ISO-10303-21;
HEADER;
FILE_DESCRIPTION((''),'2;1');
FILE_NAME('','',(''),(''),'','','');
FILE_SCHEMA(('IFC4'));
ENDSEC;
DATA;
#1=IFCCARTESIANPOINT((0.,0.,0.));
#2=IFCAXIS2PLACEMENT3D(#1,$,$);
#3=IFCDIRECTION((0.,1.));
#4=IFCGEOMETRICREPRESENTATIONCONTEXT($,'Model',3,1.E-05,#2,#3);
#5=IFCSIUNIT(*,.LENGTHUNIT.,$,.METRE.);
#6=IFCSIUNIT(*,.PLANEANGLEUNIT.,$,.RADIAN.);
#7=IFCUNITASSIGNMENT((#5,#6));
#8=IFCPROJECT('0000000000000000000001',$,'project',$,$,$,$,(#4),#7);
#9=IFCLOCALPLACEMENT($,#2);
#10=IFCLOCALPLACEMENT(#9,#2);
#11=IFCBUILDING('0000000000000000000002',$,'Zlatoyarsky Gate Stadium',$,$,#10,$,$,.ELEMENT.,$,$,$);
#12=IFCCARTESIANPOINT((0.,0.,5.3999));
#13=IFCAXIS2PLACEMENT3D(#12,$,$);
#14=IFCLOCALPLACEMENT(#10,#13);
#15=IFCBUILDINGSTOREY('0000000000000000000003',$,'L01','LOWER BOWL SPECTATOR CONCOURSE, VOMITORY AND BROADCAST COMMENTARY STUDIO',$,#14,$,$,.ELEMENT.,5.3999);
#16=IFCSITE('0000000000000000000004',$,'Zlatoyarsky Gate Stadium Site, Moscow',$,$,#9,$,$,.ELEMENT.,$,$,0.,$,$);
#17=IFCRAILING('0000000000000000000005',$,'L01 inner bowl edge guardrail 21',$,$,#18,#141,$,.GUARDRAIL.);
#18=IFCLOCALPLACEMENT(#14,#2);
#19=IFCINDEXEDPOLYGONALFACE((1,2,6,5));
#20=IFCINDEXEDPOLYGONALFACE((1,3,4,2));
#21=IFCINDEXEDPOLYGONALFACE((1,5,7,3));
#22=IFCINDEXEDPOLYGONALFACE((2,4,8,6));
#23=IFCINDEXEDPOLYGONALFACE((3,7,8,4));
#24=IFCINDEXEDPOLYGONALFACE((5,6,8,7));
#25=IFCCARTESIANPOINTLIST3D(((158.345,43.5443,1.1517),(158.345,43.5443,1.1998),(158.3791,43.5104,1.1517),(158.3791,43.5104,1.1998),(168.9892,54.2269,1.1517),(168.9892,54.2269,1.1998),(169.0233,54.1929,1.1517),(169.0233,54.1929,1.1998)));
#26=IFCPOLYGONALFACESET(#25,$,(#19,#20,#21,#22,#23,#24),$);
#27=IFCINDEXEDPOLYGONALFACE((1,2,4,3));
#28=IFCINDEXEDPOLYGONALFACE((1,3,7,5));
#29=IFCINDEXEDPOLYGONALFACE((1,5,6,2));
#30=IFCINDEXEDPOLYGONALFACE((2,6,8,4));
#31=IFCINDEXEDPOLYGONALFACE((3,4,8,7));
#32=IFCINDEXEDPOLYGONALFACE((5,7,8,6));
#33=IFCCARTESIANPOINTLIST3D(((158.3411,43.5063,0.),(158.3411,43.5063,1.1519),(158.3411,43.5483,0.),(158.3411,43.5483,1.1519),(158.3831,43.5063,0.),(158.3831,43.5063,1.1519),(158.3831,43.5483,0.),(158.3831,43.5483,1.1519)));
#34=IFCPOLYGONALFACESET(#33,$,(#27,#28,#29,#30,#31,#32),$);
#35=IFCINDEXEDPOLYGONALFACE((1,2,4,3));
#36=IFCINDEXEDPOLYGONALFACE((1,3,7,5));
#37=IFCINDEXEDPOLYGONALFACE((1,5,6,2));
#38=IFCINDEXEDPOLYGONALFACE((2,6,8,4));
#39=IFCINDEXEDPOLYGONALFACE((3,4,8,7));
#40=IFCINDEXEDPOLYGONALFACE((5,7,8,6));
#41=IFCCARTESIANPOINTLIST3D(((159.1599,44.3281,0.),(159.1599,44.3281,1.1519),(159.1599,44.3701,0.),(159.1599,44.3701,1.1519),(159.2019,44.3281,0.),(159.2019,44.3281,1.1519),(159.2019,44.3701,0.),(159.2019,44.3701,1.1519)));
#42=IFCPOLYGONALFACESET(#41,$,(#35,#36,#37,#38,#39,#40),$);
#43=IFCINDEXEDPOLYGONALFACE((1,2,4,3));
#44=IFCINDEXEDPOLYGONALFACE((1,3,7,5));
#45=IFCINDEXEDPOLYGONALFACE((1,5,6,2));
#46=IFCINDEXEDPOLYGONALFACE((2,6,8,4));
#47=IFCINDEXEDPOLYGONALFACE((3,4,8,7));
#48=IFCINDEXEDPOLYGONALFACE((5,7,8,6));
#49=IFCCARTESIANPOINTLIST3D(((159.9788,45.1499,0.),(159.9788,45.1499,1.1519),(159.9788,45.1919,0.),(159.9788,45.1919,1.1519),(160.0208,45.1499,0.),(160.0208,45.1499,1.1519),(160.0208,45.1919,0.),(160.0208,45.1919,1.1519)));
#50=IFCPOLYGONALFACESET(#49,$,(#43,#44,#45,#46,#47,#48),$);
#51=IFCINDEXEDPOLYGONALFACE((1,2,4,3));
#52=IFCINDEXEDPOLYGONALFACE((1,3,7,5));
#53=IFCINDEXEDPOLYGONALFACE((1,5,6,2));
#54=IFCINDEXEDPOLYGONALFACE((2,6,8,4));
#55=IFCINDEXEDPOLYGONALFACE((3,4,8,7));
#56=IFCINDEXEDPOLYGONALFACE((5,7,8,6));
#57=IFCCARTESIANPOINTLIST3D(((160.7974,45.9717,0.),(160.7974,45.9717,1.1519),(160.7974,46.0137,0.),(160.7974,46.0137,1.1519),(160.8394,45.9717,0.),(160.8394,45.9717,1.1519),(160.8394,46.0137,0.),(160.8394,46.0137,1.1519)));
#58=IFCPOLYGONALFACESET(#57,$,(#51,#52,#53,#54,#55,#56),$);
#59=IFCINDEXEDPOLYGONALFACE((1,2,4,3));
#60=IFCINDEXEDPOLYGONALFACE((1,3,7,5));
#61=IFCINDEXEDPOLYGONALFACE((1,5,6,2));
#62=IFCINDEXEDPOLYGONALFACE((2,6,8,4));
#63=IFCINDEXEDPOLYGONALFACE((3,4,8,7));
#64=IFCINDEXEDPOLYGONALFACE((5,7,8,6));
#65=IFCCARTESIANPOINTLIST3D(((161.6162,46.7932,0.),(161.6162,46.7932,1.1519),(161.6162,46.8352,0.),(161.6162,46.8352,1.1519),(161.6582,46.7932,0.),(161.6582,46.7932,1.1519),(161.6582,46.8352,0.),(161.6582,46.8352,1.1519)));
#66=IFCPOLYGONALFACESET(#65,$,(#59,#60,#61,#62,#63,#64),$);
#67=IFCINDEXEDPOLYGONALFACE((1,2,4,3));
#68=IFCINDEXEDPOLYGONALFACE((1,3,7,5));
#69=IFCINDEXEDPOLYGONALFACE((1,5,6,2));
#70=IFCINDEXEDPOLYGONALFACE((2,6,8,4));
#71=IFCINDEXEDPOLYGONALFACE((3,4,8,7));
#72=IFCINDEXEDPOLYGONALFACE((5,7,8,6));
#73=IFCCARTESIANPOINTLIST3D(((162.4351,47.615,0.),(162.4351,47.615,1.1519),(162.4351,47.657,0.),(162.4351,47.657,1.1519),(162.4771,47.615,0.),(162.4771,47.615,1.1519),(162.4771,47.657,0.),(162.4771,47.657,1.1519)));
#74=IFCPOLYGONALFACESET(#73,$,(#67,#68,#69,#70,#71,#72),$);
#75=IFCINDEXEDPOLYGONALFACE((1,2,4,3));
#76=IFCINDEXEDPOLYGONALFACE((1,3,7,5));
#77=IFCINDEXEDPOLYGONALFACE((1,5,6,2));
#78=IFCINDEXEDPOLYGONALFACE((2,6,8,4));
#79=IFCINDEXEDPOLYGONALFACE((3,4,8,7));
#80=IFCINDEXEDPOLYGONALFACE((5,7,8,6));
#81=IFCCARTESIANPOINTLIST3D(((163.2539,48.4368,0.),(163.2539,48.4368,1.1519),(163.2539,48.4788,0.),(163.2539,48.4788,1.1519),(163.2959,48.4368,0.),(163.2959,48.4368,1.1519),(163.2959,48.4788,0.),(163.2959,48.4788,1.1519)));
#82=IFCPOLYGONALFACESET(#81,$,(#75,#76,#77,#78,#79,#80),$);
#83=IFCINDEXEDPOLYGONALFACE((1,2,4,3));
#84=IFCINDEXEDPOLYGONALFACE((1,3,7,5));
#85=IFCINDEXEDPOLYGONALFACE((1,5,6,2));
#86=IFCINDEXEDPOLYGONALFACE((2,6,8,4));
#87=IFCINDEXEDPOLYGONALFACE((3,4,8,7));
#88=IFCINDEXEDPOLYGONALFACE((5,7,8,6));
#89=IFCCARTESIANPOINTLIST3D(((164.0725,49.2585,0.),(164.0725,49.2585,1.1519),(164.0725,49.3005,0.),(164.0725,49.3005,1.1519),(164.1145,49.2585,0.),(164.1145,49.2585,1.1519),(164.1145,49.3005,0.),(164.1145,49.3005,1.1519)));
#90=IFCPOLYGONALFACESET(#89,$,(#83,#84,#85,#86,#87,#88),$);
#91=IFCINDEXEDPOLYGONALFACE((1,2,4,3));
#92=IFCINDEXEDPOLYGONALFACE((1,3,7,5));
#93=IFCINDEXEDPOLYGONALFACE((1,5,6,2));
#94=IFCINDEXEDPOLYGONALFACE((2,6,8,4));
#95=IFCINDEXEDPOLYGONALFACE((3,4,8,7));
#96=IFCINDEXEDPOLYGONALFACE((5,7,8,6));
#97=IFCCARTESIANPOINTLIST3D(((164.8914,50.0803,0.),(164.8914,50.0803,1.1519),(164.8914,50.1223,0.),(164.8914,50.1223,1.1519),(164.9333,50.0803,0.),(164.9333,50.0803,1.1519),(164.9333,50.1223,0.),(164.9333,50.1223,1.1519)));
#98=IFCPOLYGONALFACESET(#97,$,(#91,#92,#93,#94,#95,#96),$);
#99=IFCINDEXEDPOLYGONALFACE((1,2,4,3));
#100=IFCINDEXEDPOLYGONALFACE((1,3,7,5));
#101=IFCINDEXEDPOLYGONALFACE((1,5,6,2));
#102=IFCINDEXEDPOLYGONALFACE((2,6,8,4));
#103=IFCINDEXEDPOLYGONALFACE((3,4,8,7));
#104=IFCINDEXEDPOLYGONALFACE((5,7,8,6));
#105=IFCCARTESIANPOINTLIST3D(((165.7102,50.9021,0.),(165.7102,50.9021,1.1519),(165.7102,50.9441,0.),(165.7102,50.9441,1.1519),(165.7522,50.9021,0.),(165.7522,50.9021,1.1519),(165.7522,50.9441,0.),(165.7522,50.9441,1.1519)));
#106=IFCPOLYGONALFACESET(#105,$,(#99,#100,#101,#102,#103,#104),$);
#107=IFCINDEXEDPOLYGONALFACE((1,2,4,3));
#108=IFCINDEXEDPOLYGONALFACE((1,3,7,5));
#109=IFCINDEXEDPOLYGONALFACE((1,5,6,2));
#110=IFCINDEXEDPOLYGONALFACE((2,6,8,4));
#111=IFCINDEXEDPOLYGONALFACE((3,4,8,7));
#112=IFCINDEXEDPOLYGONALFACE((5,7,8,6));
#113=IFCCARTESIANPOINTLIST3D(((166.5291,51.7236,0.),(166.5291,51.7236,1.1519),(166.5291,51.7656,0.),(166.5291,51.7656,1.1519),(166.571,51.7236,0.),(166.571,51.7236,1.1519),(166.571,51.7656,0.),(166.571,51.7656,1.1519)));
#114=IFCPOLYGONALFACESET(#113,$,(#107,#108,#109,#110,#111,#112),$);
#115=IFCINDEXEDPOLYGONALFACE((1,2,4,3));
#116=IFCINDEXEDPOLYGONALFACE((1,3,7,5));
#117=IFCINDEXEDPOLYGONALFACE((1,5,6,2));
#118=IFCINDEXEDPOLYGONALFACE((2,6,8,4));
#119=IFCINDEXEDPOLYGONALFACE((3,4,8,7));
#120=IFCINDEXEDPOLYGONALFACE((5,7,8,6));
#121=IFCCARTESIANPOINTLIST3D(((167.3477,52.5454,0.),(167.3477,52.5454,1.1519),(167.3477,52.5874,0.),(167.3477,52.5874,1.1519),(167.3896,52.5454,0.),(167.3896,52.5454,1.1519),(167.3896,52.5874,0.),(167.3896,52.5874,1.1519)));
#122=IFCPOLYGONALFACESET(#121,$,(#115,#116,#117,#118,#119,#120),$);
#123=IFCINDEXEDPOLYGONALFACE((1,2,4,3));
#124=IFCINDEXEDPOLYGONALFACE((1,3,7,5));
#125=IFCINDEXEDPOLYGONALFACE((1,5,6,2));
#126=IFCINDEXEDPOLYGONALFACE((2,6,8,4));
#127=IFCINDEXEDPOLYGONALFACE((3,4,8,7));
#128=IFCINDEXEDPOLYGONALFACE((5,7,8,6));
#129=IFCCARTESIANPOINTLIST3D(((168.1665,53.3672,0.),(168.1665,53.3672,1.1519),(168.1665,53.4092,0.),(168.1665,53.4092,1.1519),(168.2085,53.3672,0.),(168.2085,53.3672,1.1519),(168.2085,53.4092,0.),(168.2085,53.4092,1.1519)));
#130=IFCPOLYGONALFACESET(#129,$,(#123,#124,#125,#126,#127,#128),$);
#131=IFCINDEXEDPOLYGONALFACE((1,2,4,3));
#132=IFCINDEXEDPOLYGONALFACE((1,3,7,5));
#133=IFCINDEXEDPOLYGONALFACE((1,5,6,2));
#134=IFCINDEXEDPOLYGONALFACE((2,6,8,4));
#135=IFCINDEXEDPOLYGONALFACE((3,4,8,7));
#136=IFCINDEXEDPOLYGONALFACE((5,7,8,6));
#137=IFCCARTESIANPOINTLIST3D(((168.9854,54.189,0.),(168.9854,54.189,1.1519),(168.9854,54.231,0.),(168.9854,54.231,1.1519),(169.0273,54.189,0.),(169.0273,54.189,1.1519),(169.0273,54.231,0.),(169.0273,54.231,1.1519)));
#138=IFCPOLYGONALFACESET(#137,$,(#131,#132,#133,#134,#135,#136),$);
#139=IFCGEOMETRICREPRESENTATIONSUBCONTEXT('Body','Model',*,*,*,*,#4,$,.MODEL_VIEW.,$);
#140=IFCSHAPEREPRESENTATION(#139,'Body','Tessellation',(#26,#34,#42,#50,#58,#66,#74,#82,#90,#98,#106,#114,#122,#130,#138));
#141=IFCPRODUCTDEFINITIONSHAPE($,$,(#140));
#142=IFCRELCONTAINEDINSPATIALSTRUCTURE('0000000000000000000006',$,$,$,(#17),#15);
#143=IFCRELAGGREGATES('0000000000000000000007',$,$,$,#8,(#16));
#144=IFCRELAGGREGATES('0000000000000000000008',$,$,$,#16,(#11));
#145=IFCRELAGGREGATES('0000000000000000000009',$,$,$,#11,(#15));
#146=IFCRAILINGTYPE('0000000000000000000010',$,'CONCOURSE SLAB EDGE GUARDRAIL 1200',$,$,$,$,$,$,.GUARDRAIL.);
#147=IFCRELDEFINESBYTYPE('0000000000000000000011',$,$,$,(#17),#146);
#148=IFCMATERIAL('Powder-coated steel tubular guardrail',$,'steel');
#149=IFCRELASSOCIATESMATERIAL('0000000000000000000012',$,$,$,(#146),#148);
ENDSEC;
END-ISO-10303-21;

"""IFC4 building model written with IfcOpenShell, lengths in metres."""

from ifc_helpers import new_model, si_unit, direction, frame, origin, origin_2d, place, context, subcontext, project, spatial, rectangle, extrude, material, type_object, element, save


model = new_model("IFC4")

# Units and contexts
model_context = context("Model", 3, precision=1e-05, world=origin(), true_north=direction((0.0, 1.0)))
body_context = subcontext(model_context, "Body", "Model", "MODEL_VIEW")
ifc_project = project(units=[si_unit("LENGTHUNIT", "METRE"), si_unit("PLANEANGLEUNIT", "RADIAN")], contexts=[model_context])

# Site, building, storey
site_placement = place(None, origin())
site = spatial("IfcSite", under=ifc_project, at=site_placement, Name="Zlatoyarsky Gate Stadium Site, Moscow", CompositionType="ELEMENT", RefElevation=0.0)
building_placement = place(site_placement, origin())
building = spatial("IfcBuilding", under=site, at=building_placement, Name="Zlatoyarsky Gate Stadium", CompositionType="ELEMENT")
storey_placement = place(building_placement, frame((0.0, 0.0, 5.3999)))
storey = spatial("IfcBuildingStorey", under=building, at=storey_placement, Name="L01", Description="LOWER BOWL SPECTATOR CONCOURSE, VOMITORY AND BROADCAST COMMENTARY STUDIO", CompositionType="ELEMENT", Elevation=5.3999)

# Railing
ifc_material_1 = material(Name="Powder-coated steel tubular guardrail", Category="steel")
railing_type_1 = type_object("IfcRailingType", Name="CONCOURSE SLAB EDGE GUARDRAIL 1200", PredefinedType="GUARDRAIL", material=ifc_material_1)
railing_1_placement = place(storey_placement, frame((158.3621, 43.5273, 0.0)))
element("IfcRailing", 1, at=railing_1_placement, inside=storey, type_object=railing_type_1, Name="L01 inner bowl edge guardrail 21", PredefinedType="GUARDRAIL", context=body_context, shape_type="SweptSolid", body=[
    extrude(rectangle(XDim=0.0481, YDim=0.0481, at=origin_2d()), frame((0.0, 0.0, 1.1758), z_axis=(0.705835, 0.708376, 0.0), x_axis=(-0.708376, 0.705835, 0.0)), (0.0, 0.0, 1.0), 15.0803),
    extrude(rectangle(XDim=0.042, YDim=0.042, at=origin_2d()), origin(), (0.0, 0.0, 1.0), 1.1519),
    extrude(rectangle(XDim=0.042, YDim=0.042, at=origin_2d()), frame((0.8188, 0.8218, 0.0)), (0.0, 0.0, 1.0), 1.1519),
    extrude(rectangle(XDim=0.042, YDim=0.042, at=origin_2d()), frame((1.6377, 1.6436, 0.0)), (0.0, 0.0, 1.0), 1.1519),
    extrude(rectangle(XDim=0.042, YDim=0.042, at=origin_2d()), frame((2.4563, 2.4653, 0.0)), (0.0, 0.0, 1.0), 1.1519),
    extrude(rectangle(XDim=0.042, YDim=0.042, at=origin_2d()), frame((3.2751, 3.2869, 0.0)), (0.0, 0.0, 1.0), 1.1519),
    extrude(rectangle(XDim=0.042, YDim=0.042, at=origin_2d()), frame((4.094, 4.1086, 0.0)), (0.0, 0.0, 1.0), 1.1519),
    extrude(rectangle(XDim=0.042, YDim=0.042, at=origin_2d()), frame((4.9128, 4.9304, 0.0)), (0.0, 0.0, 1.0), 1.1519),
    extrude(rectangle(XDim=0.042, YDim=0.042, at=origin_2d()), frame((5.7314, 5.7522, 0.0)), (0.0, 0.0, 1.0), 1.1519),
    extrude(rectangle(XDim=0.042, YDim=0.042, at=origin_2d()), frame((6.5503, 6.574, 0.0)), (0.0, 0.0, 1.0), 1.1519),
    extrude(rectangle(XDim=0.042, YDim=0.042, at=origin_2d()), frame((7.3691, 7.3958, 0.0)), (0.0, 0.0, 1.0), 1.1519),
    extrude(rectangle(XDim=0.042, YDim=0.042, at=origin_2d()), frame((8.188, 8.2173, 0.0)), (0.0, 0.0, 1.0), 1.1519),
    extrude(rectangle(XDim=0.042, YDim=0.042, at=origin_2d()), frame((9.0066, 9.0391, 0.0)), (0.0, 0.0, 1.0), 1.1519),
    extrude(rectangle(XDim=0.042, YDim=0.042, at=origin_2d()), frame((9.8254, 9.8608, 0.0)), (0.0, 0.0, 1.0), 1.1519),
    extrude(rectangle(XDim=0.042, YDim=0.042, at=origin_2d()), frame((10.6443, 10.6826, 0.0)), (0.0, 0.0, 1.0), 1.1519),
])

save(model, "model.ifc")
